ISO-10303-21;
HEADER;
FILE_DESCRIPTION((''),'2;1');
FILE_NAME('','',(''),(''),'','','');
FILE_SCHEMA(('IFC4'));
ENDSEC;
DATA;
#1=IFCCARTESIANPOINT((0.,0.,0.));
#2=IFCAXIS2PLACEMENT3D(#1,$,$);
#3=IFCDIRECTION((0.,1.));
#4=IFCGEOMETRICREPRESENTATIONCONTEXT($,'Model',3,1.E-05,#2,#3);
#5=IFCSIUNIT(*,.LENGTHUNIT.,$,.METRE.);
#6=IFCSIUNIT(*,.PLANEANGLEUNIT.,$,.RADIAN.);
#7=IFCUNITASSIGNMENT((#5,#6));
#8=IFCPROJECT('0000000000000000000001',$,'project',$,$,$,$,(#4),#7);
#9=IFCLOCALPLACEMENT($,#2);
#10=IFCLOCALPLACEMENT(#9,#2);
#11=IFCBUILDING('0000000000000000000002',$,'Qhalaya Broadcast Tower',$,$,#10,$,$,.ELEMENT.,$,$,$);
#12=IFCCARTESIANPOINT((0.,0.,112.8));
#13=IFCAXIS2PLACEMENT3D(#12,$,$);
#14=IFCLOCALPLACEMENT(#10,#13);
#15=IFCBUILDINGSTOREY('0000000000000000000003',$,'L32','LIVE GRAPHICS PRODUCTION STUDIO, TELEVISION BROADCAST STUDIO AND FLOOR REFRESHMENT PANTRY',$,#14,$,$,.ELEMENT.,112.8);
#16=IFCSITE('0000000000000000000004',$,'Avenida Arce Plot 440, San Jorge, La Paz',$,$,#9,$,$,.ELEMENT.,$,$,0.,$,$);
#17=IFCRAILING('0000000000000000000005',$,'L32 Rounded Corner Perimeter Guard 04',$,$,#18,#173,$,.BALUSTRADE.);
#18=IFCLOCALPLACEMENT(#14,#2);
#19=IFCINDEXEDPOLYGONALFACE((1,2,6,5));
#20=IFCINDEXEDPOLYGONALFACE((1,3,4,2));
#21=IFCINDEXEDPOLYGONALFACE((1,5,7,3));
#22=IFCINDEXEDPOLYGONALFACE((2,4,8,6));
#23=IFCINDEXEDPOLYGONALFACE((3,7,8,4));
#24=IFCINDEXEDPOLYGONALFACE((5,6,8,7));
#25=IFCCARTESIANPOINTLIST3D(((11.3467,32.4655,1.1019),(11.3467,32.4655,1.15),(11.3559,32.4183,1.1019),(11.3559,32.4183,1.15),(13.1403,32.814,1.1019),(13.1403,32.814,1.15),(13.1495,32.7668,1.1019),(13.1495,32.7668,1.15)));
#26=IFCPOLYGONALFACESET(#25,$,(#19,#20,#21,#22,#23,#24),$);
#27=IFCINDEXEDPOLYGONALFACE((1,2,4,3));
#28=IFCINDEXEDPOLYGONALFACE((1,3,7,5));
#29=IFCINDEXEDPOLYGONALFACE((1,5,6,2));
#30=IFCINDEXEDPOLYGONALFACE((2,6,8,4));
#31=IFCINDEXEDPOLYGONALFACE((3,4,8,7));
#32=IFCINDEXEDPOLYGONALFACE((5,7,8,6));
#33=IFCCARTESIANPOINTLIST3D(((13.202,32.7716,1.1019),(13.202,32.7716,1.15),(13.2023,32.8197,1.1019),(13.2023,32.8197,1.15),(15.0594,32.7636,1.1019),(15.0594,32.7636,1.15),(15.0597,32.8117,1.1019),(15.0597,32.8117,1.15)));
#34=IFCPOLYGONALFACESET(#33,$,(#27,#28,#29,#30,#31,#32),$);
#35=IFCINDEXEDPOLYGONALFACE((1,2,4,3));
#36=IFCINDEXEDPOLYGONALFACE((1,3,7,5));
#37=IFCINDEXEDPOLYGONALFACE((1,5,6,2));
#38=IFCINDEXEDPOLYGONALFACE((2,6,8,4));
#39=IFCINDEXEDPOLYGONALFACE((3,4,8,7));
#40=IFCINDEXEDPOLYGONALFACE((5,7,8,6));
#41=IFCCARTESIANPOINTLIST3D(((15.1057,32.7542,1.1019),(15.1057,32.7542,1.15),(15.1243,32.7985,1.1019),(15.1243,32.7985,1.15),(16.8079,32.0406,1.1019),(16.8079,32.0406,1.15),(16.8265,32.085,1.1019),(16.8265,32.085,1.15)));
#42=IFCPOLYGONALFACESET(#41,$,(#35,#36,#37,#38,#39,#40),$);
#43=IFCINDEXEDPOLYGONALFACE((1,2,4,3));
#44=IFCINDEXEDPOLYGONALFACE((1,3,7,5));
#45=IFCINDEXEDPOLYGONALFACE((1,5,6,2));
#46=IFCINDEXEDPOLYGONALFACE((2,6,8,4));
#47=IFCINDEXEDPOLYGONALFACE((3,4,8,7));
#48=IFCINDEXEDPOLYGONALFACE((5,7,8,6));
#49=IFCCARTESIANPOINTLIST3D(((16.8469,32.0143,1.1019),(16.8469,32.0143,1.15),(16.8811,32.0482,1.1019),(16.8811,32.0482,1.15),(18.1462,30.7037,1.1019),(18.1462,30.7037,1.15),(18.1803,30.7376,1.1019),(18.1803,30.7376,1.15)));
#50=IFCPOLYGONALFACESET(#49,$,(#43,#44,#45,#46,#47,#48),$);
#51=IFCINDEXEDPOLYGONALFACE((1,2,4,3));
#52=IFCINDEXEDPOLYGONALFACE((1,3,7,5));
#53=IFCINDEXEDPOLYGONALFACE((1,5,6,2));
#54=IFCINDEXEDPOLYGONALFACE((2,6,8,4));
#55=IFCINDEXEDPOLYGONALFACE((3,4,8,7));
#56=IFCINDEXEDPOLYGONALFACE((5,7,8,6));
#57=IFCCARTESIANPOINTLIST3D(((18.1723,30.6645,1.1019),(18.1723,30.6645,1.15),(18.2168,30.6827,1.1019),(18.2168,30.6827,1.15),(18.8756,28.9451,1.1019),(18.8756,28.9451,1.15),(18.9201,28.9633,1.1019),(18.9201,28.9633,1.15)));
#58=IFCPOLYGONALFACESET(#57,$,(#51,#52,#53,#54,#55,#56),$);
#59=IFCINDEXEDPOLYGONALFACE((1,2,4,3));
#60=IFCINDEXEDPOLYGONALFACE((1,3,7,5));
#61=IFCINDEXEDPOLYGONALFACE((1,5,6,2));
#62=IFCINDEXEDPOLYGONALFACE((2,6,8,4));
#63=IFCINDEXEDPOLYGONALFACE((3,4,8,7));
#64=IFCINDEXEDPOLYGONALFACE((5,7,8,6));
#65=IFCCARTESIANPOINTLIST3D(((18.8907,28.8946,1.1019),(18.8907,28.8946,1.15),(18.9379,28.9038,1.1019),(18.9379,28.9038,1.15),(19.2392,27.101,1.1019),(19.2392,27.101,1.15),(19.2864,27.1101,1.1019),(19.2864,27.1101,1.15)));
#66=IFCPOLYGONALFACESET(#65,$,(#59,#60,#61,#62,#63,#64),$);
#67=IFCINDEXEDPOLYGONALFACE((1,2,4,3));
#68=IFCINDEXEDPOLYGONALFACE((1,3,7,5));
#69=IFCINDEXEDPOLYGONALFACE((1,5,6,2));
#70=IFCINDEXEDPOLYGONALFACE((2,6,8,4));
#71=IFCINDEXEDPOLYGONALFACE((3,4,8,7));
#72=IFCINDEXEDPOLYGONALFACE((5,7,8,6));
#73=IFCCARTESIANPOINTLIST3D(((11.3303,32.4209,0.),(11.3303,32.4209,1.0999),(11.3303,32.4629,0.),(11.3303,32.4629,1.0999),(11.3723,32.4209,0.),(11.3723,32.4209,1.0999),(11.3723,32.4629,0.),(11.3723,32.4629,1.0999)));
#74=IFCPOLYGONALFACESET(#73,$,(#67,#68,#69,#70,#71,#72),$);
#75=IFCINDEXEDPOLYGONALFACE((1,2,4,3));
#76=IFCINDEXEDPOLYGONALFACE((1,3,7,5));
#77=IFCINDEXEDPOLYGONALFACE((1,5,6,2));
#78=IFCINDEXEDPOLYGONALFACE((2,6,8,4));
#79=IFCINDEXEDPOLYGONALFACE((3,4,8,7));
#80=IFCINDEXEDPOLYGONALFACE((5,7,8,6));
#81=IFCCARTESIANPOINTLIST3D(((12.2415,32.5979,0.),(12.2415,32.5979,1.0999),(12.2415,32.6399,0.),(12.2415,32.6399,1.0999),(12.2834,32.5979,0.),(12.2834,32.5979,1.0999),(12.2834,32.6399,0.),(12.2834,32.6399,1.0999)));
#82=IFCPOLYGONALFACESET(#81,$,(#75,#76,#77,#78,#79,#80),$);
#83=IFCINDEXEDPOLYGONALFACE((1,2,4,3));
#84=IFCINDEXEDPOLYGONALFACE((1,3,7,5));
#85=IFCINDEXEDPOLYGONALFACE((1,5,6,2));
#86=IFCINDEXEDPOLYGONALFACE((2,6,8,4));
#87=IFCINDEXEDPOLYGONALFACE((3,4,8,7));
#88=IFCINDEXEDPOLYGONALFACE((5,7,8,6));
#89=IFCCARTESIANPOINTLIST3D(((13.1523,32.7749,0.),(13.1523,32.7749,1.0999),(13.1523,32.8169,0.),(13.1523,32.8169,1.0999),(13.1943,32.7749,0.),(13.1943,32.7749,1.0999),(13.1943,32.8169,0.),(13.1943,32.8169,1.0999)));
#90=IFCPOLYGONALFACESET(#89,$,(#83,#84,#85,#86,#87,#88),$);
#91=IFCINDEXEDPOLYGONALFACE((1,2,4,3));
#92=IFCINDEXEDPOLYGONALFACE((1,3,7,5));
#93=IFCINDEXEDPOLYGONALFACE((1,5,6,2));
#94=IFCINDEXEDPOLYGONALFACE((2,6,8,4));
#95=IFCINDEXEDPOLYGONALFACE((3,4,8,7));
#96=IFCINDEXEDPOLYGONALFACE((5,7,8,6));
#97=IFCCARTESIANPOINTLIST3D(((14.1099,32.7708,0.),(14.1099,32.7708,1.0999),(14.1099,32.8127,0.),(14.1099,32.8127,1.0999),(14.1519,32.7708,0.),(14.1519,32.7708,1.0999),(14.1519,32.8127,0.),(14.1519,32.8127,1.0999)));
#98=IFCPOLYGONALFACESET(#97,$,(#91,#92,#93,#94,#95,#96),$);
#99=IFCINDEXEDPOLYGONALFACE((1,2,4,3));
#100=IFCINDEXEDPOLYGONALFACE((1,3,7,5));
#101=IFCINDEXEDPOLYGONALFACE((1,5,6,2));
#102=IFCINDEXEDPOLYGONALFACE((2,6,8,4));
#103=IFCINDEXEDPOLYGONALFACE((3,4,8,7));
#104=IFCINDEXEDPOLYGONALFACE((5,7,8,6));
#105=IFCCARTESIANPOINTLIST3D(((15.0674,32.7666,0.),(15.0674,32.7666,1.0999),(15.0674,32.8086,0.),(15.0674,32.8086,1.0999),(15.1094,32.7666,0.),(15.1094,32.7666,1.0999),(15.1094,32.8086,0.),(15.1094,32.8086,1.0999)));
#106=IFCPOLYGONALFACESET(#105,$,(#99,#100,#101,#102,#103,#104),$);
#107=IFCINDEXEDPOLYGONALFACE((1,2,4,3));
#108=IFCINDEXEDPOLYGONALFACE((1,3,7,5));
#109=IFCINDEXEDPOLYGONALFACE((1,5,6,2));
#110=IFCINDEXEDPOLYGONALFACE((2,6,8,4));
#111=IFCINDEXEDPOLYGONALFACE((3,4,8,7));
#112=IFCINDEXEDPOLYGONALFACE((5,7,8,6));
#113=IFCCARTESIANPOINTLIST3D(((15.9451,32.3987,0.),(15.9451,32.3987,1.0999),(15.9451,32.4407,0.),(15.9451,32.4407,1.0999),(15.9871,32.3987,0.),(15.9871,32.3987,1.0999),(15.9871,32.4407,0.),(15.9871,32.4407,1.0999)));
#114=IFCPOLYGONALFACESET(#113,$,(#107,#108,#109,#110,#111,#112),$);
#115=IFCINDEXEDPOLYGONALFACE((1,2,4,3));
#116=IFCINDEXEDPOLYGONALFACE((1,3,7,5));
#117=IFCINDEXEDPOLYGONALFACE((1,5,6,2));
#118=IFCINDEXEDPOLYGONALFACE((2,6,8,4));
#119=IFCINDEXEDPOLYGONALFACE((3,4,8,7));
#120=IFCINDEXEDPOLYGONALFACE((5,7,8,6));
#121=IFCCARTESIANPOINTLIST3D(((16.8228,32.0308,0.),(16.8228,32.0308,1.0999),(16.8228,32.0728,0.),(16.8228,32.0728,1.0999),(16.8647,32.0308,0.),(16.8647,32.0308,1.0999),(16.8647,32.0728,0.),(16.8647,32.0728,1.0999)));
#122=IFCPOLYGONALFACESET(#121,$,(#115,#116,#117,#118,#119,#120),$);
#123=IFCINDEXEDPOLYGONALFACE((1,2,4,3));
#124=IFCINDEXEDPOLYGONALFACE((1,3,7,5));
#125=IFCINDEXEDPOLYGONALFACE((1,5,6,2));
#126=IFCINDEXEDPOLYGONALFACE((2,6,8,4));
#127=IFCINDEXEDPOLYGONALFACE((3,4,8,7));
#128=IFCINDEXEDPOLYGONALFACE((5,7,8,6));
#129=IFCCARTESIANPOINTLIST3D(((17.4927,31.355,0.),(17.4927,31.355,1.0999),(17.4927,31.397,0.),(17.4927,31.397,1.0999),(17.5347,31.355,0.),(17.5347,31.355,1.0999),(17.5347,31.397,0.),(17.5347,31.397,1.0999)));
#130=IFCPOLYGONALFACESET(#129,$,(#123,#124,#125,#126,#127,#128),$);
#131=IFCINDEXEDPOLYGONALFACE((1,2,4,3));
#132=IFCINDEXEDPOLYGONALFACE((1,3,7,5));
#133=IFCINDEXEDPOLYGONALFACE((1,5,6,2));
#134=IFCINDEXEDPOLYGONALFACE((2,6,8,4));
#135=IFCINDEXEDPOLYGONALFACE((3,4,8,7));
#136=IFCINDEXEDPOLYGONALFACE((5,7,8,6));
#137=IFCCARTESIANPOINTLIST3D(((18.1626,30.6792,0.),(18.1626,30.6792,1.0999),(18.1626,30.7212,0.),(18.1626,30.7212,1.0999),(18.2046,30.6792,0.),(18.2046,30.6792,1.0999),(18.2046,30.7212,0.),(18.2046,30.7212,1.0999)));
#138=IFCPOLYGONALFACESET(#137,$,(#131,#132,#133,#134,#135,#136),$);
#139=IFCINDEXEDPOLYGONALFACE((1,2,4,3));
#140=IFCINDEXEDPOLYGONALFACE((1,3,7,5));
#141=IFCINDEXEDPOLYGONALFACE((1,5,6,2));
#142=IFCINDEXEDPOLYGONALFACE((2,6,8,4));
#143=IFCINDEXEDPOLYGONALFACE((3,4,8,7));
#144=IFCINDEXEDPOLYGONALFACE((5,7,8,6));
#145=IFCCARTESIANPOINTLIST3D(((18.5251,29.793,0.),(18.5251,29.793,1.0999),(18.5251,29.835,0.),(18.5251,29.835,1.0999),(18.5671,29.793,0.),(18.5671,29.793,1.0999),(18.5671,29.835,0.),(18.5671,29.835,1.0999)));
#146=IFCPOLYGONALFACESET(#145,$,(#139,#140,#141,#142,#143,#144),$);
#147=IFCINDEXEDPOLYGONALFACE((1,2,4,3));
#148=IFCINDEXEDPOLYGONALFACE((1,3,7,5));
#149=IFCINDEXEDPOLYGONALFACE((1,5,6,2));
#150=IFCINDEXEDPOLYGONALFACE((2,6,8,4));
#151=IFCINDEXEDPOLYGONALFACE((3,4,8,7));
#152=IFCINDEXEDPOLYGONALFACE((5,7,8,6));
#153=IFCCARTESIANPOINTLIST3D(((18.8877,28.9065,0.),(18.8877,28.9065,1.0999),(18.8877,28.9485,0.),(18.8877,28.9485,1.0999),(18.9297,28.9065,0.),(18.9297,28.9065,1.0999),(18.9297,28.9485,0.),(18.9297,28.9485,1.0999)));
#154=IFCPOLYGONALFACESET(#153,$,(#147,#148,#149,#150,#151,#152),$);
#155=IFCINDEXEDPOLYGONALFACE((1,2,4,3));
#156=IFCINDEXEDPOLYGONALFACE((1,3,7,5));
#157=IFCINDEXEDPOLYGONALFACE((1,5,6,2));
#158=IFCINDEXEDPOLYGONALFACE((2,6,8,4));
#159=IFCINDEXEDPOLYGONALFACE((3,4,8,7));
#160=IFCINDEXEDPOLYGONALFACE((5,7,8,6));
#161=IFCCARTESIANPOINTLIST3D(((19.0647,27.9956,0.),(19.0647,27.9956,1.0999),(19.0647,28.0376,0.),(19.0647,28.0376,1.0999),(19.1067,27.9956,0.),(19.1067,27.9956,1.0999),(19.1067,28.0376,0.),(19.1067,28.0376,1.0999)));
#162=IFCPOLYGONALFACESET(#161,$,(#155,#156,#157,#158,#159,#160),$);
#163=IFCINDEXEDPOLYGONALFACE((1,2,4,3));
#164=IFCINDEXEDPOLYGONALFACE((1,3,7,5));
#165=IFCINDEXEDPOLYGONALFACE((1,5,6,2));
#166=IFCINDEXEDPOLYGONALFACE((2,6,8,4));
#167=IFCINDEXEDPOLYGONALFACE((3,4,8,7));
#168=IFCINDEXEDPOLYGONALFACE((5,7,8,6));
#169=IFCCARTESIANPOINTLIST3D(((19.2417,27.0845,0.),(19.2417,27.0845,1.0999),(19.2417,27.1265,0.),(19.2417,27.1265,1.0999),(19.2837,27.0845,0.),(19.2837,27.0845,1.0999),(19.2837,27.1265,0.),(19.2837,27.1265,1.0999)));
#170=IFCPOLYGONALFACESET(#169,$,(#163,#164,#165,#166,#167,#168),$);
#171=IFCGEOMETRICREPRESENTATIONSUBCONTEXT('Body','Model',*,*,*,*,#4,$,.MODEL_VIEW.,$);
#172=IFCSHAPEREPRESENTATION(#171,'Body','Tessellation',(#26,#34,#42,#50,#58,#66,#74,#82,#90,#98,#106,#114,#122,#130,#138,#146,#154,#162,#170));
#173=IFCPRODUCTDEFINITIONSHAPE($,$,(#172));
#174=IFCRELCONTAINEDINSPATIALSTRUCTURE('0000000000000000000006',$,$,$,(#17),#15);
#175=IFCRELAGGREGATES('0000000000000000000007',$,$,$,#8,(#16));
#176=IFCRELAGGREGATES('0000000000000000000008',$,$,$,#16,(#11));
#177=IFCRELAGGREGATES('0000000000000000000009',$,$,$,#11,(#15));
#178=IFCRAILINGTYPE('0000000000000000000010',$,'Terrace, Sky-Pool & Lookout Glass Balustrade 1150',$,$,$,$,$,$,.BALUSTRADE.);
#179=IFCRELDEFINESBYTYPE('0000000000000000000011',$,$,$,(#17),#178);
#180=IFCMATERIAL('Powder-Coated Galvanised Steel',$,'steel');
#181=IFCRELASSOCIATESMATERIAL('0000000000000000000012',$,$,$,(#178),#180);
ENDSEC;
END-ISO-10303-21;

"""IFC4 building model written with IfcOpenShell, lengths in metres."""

from ifc_helpers import new_model, si_unit, direction, frame, origin, origin_2d, place, context, subcontext, project, spatial, rectangle, extrude, material, type_object, element, save


model = new_model("IFC4")

# Units and contexts
model_context = context("Model", 3, precision=1e-05, world=origin(), true_north=direction((0.0, 1.0)))
body_context = subcontext(model_context, "Body", "Model", "MODEL_VIEW")
ifc_project = project(units=[si_unit("LENGTHUNIT", "METRE"), si_unit("PLANEANGLEUNIT", "RADIAN")], contexts=[model_context])

# Site, building, storey
site_placement = place(None, origin())
site = spatial("IfcSite", under=ifc_project, at=site_placement, Name="Avenida Arce Plot 440, San Jorge, La Paz", CompositionType="ELEMENT", RefElevation=0.0)
building_placement = place(site_placement, origin())
building = spatial("IfcBuilding", under=site, at=building_placement, Name="Qhalaya Broadcast Tower", CompositionType="ELEMENT")
storey_placement = place(building_placement, frame((0.0, 0.0, 112.8)))
storey = spatial("IfcBuildingStorey", under=building, at=storey_placement, Name="L32", Description="LIVE GRAPHICS PRODUCTION STUDIO, TELEVISION BROADCAST STUDIO AND FLOOR REFRESHMENT PANTRY", CompositionType="ELEMENT", Elevation=112.8)

# Railing
ifc_material_1 = material(Name="Powder-Coated Galvanised Steel", Category="steel")
railing_type = type_object("IfcRailingType", Name="Terrace, Sky-Pool & Lookout Glass Balustrade 1150", PredefinedType="BALUSTRADE", material=ifc_material_1)
railing_placement = place(storey_placement, frame((11.3513, 32.4419, 0.0)))
element("IfcRailing", 1, at=railing_placement, inside=storey, type_object=railing_type, Name="L32 Rounded Corner Perimeter Guard 04", PredefinedType="BALUSTRADE", context=body_context, shape_type="SweptSolid", body=[
    extrude(rectangle(XDim=0.0481, YDim=0.0481, at=origin_2d()), frame((0.0, 0.0, 1.126), z_axis=(0.981643, 0.190725, 0.0), x_axis=(-0.190725, 0.981643, 0.0)), (0.0, 0.0, 1.0), 1.8271),
    extrude(rectangle(XDim=0.0481, YDim=0.0481, at=origin_2d()), frame((1.8508, 0.3538, 1.126), z_axis=(0.999991, -0.004334, 0.0), x_axis=(0.004334, 0.999991, 0.0)), (0.0, 0.0, 1.0), 1.8574),
    extrude(rectangle(XDim=0.0481, YDim=0.0481, at=origin_2d()), frame((3.7637, 0.3345, 1.126), z_axis=(0.922247, -0.3866, 0.0), x_axis=(0.3866, 0.922247, 0.0)), (0.0, 0.0, 1.0), 1.8457),
    extrude(rectangle(XDim=0.0481, YDim=0.0481, at=origin_2d()), frame((5.5127, -0.4106, 1.126), z_axis=(0.704021, -0.710179, 0.0), x_axis=(0.710179, 0.704021, 0.0)), (0.0, 0.0, 1.0), 1.8455),
    extrude(rectangle(XDim=0.0481, YDim=0.0481, at=origin_2d()), frame((6.8433, -1.7683, 1.126), z_axis=(0.378588, -0.925565, 0.0), x_axis=(0.925565, 0.378588, 0.0)), (0.0, 0.0, 1.0), 1.8577),
    extrude(rectangle(XDim=0.0481, YDim=0.0481, at=origin_2d()), frame((7.563, -3.5427, 1.126), z_axis=(0.190725, -0.981643, 0.0), x_axis=(0.981643, 0.190725, 0.0)), (0.0, 0.0, 1.0), 1.8271),
    extrude(rectangle(XDim=0.042, YDim=0.042, at=origin_2d()), origin(), (0.0, 0.0, 1.0), 1.0999),
    extrude(rectangle(XDim=0.042, YDim=0.042, at=origin_2d()), frame((0.9111, 0.177, 0.0)), (0.0, 0.0, 1.0), 1.0999),
    extrude(rectangle(XDim=0.042, YDim=0.042, at=origin_2d()), frame((1.822, 0.354, 0.0)), (0.0, 0.0, 1.0), 1.0999),
    extrude(rectangle(XDim=0.042, YDim=0.042, at=origin_2d()), frame((2.7795, 0.3499, 0.0)), (0.0, 0.0, 1.0), 1.0999),
    extrude(rectangle(XDim=0.042, YDim=0.042, at=origin_2d()), frame((3.7371, 0.3457, 0.0)), (0.0, 0.0, 1.0), 1.0999),
    extrude(rectangle(XDim=0.042, YDim=0.042, at=origin_2d()), frame((4.6147, -0.0222, 0.0)), (0.0, 0.0, 1.0), 1.0999),
    extrude(rectangle(XDim=0.042, YDim=0.042, at=origin_2d()), frame((5.4924, -0.3901, 0.0)), (0.0, 0.0, 1.0), 1.0999),
    extrude(rectangle(XDim=0.042, YDim=0.042, at=origin_2d()), frame((6.1624, -1.0659, 0.0)), (0.0, 0.0, 1.0), 1.0999),
    extrude(rectangle(XDim=0.042, YDim=0.042, at=origin_2d()), frame((6.8323, -1.7417, 0.0)), (0.0, 0.0, 1.0), 1.0999),
    extrude(rectangle(XDim=0.042, YDim=0.042, at=origin_2d()), frame((7.1948, -2.6279, 0.0)), (0.0, 0.0, 1.0), 1.0999),
    extrude(rectangle(XDim=0.042, YDim=0.042, at=origin_2d()), frame((7.5574, -3.5144, 0.0)), (0.0, 0.0, 1.0), 1.0999),
    extrude(rectangle(XDim=0.042, YDim=0.042, at=origin_2d()), frame((7.7344, -4.4253, 0.0)), (0.0, 0.0, 1.0), 1.0999),
    extrude(rectangle(XDim=0.042, YDim=0.042, at=origin_2d()), frame((7.9114, -5.3364, 0.0)), (0.0, 0.0, 1.0), 1.0999),
])

save(model, "model.ifc")
